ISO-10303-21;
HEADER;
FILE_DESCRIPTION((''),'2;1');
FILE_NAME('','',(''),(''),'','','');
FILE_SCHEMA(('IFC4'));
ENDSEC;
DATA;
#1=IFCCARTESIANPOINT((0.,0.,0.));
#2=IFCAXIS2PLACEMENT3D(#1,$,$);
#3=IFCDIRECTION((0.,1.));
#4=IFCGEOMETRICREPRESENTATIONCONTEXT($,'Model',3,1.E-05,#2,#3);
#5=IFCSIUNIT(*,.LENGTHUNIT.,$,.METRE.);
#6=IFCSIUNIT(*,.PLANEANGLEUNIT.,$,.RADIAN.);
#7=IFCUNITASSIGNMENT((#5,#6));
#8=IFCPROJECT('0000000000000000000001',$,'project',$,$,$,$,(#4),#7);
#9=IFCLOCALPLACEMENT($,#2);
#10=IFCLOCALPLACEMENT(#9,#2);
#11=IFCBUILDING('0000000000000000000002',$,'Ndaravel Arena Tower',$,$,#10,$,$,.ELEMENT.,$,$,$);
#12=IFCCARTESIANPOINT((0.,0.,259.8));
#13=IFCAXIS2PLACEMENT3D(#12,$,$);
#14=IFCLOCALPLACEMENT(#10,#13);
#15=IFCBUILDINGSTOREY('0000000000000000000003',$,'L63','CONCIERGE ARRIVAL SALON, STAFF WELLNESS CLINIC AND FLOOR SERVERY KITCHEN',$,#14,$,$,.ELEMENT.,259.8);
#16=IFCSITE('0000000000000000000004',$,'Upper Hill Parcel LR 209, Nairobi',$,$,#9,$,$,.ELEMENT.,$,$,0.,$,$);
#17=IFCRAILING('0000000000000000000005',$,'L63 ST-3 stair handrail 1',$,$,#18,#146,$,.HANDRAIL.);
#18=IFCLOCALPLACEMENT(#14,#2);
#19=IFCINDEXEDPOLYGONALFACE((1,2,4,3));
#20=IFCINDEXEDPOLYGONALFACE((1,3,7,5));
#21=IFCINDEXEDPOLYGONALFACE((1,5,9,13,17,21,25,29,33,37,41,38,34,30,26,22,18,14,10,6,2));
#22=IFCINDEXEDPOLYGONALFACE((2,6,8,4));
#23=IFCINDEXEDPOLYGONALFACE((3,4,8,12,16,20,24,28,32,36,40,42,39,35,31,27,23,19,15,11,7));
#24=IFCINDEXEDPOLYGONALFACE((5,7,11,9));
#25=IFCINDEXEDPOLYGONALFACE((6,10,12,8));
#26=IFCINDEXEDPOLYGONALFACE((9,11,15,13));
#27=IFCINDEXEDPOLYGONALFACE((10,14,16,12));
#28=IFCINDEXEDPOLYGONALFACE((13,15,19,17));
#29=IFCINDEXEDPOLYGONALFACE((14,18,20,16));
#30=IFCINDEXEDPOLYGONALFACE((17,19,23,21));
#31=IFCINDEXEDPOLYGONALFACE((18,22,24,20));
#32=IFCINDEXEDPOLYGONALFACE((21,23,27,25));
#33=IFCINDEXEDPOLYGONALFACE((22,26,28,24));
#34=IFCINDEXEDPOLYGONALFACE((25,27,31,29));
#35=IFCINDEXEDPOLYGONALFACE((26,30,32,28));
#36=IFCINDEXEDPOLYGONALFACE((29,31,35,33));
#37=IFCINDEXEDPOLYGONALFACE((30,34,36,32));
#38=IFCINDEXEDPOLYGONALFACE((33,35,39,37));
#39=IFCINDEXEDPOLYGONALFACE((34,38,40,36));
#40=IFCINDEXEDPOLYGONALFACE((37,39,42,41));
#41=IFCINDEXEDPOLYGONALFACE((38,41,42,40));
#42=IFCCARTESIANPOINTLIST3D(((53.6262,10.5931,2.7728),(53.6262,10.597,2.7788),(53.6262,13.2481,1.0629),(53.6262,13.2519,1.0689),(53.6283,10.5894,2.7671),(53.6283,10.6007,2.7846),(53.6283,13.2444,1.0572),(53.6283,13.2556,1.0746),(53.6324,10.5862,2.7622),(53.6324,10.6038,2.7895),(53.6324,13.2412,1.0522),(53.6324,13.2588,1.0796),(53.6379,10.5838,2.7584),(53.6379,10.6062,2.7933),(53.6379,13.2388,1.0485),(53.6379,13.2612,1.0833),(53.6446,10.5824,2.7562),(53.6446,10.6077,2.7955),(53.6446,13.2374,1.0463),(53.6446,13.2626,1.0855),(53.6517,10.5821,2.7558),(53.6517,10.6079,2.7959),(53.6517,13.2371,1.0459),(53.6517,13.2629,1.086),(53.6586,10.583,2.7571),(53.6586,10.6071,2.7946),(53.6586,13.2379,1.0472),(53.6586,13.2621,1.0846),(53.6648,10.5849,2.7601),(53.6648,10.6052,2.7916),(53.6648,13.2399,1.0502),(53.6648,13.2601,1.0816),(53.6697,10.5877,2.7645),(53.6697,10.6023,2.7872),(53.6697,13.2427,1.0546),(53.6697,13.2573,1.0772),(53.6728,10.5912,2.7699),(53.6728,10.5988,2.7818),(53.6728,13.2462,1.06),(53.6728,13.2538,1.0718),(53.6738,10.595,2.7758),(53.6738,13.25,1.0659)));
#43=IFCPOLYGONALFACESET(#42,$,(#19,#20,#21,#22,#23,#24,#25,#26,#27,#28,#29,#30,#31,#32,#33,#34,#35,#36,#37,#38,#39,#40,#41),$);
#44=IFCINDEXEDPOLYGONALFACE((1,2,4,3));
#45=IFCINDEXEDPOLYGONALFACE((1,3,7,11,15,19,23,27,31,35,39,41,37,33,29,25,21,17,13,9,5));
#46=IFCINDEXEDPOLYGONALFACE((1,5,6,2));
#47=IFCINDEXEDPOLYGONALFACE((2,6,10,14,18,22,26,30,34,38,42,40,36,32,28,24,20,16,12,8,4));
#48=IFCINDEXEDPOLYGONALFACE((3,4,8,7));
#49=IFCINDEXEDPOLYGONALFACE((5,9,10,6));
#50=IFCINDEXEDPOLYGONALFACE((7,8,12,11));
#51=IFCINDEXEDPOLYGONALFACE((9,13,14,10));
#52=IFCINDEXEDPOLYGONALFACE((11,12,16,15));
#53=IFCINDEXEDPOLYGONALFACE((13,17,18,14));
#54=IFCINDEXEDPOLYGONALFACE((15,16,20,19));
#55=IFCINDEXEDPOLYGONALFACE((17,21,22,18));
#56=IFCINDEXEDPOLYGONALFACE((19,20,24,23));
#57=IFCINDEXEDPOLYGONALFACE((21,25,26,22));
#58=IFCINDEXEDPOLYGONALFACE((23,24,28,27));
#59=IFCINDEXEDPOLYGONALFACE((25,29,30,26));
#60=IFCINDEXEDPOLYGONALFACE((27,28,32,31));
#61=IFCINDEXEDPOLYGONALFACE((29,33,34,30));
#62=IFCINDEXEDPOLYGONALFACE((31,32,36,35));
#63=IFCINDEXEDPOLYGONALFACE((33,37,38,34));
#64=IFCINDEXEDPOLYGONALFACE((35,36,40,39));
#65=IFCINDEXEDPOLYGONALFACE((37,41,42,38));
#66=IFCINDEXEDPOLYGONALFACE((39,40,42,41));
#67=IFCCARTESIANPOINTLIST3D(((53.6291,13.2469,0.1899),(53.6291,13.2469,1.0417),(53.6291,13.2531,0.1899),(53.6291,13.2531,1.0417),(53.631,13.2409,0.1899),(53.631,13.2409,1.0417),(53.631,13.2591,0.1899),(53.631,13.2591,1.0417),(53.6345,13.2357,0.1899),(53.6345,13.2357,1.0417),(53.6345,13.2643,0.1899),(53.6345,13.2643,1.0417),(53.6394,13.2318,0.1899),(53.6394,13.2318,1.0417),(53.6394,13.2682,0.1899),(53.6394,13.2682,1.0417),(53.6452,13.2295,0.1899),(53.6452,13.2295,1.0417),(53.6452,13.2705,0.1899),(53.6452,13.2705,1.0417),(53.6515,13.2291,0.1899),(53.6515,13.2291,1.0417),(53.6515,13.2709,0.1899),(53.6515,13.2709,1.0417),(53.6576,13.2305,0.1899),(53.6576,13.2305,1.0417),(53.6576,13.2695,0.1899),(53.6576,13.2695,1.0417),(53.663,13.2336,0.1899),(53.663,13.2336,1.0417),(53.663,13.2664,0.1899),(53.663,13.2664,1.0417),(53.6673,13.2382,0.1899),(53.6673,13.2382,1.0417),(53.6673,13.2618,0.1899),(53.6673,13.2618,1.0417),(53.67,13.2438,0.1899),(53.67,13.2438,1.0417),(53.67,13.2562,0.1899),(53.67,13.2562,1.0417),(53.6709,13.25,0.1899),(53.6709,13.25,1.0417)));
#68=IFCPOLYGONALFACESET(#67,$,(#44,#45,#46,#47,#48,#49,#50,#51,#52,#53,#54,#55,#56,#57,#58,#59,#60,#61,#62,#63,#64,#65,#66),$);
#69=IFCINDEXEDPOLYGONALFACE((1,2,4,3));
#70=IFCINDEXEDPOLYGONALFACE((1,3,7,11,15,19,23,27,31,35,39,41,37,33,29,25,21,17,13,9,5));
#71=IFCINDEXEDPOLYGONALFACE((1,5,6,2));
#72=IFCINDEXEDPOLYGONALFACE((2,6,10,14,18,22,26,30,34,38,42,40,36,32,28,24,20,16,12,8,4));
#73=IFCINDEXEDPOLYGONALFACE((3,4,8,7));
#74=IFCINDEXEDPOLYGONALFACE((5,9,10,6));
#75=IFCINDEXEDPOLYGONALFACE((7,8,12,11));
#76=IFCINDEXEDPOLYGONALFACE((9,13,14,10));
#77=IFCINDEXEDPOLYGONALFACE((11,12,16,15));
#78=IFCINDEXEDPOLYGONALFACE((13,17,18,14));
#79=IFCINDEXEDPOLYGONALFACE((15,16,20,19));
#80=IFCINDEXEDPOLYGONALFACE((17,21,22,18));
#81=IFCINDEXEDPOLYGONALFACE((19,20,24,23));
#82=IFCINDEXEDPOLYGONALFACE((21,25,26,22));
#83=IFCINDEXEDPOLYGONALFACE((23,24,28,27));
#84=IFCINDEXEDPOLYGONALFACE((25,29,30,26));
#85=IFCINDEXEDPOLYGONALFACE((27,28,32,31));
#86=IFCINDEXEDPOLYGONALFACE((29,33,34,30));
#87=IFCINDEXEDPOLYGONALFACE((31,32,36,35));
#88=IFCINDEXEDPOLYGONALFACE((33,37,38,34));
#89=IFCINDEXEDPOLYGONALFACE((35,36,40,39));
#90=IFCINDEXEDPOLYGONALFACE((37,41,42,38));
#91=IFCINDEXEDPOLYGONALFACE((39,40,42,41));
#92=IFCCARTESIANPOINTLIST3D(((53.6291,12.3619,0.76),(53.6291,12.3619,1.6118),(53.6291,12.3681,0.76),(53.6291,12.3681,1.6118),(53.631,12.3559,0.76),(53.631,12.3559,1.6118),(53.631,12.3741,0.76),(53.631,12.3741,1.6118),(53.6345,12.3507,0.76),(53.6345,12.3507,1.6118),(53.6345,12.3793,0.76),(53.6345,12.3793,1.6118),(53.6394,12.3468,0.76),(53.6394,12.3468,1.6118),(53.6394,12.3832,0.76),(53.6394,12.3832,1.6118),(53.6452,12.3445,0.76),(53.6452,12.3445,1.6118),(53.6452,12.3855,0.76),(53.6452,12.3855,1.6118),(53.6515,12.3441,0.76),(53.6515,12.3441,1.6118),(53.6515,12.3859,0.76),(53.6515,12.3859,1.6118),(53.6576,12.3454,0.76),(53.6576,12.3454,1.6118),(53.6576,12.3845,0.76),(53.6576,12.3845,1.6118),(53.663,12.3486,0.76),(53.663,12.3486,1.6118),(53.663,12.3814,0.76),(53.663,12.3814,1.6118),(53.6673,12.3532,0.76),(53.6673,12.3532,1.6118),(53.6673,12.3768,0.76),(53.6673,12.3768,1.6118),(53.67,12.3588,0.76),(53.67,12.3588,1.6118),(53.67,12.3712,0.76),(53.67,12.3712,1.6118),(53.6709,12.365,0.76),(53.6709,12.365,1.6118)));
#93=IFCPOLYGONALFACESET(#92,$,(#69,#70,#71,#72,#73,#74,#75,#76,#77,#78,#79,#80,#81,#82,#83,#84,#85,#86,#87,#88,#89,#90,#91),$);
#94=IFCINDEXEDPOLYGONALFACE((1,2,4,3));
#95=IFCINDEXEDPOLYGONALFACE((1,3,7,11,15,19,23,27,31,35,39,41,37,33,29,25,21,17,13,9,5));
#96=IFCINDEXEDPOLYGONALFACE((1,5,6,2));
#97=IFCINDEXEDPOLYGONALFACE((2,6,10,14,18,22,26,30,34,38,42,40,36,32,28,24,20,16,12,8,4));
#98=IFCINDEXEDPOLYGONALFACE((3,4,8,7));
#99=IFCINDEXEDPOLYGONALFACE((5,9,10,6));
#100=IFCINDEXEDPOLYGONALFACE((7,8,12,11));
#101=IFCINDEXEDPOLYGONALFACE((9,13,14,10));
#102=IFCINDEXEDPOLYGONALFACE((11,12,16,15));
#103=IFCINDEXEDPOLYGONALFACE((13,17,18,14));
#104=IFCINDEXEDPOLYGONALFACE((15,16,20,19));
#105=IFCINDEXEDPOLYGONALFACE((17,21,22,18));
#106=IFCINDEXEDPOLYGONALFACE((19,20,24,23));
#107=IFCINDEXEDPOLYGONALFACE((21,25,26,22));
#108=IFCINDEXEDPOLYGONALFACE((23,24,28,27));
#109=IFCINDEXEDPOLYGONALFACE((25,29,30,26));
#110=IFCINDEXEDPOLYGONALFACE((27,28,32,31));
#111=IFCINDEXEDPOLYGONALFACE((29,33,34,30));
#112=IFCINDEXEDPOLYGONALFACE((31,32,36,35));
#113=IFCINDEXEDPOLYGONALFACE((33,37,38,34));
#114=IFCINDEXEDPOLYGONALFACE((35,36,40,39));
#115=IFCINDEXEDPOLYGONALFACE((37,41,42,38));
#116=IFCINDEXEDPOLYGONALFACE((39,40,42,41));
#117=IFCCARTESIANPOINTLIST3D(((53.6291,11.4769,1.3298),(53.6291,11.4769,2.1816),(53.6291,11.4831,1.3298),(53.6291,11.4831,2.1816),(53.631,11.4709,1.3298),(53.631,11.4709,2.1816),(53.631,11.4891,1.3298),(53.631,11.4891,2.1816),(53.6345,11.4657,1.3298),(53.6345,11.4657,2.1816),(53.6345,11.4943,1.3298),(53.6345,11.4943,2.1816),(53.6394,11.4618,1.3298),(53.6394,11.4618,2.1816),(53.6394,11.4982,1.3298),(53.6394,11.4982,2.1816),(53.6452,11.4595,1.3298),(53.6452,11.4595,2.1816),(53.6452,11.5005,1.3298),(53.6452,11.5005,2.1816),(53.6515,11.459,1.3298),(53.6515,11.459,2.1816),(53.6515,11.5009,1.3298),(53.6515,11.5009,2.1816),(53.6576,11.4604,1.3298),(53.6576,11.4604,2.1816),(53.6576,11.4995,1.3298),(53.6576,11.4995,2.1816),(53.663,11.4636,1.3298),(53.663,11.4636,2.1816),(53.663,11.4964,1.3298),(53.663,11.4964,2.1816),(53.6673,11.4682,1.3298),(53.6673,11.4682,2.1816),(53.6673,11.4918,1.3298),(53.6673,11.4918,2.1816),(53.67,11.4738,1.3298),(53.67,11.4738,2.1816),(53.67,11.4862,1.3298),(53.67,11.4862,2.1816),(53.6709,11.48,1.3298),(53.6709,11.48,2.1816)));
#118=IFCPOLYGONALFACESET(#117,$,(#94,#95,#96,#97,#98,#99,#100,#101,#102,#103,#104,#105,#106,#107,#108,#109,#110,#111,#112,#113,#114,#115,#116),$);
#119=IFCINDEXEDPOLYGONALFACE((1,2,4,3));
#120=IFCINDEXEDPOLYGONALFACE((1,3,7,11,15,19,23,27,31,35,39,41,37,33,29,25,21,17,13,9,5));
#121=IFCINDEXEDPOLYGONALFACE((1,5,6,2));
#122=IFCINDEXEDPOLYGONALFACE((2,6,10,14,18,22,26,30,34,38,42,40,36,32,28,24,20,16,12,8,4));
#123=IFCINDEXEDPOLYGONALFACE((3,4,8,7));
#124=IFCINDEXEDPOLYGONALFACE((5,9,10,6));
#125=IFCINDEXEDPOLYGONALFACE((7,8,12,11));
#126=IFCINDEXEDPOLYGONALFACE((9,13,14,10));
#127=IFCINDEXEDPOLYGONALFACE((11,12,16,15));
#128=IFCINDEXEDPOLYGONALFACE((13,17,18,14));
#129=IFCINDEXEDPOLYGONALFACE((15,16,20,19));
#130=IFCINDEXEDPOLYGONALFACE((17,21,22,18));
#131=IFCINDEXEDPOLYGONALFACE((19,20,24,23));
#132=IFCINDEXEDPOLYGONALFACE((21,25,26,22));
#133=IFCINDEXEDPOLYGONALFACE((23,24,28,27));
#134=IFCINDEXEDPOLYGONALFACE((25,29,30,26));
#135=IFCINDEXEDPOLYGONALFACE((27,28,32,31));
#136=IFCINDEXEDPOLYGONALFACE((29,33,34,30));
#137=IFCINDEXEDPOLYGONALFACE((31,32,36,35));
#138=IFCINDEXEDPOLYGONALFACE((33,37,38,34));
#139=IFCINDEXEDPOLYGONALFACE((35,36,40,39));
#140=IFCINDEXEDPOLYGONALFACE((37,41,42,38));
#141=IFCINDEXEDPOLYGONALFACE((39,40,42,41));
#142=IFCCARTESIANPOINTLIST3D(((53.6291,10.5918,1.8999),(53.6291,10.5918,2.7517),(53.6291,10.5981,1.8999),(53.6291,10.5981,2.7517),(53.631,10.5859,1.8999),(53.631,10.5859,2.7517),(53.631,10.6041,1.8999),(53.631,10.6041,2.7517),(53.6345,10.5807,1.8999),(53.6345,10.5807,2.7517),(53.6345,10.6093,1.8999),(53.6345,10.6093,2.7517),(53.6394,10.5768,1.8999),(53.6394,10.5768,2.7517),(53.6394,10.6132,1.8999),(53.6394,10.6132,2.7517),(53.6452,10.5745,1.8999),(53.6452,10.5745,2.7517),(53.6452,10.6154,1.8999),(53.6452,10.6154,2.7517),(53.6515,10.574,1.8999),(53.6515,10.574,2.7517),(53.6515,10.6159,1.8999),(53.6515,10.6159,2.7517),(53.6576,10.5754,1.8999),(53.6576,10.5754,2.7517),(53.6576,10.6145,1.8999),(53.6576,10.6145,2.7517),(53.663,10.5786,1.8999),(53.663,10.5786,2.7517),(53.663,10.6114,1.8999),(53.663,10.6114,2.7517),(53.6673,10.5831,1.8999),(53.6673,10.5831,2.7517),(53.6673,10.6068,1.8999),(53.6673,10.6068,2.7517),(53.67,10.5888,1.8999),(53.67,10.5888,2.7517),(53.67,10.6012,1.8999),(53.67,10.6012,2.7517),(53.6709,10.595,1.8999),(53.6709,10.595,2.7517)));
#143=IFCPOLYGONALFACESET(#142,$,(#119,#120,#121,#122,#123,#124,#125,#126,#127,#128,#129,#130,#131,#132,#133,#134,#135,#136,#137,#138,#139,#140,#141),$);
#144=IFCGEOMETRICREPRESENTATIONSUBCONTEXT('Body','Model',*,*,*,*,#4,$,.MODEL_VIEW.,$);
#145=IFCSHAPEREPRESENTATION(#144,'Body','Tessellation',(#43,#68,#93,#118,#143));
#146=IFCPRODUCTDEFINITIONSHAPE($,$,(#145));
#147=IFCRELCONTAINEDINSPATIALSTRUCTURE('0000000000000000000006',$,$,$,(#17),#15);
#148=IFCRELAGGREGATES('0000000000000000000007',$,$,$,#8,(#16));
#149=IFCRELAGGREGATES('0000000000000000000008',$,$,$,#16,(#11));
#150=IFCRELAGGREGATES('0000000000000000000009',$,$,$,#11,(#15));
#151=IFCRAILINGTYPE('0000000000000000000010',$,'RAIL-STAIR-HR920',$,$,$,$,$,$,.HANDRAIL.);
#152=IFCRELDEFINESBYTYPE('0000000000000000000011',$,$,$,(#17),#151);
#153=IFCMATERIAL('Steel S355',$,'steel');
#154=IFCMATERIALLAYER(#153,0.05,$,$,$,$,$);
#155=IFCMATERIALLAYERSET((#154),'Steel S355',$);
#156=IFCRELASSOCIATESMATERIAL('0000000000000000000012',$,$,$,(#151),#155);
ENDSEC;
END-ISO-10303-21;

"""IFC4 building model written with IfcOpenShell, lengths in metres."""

from ifc_helpers import new_model, si_unit, direction, frame, origin, origin_2d, place, context, subcontext, project, spatial, circle, extrude, material, layer, layer_set, type_object, element, save


model = new_model("IFC4")

# Units and contexts
model_context = context("Model", 3, precision=1e-05, world=origin(), true_north=direction((0.0, 1.0)))
body_context = subcontext(model_context, "Body", "Model", "MODEL_VIEW")
ifc_project = project(units=[si_unit("LENGTHUNIT", "METRE"), si_unit("PLANEANGLEUNIT", "RADIAN")], contexts=[model_context])

# Site, building, storey
site_placement = place(None, origin())
site = spatial("IfcSite", under=ifc_project, at=site_placement, Name="Upper Hill Parcel LR 209, Nairobi", CompositionType="ELEMENT", RefElevation=0.0)
building_placement = place(site_placement, origin())
building = spatial("IfcBuilding", under=site, at=building_placement, Name="Ndaravel Arena Tower", CompositionType="ELEMENT")
storey_placement = place(building_placement, frame((0.0, 0.0, 259.8)))
storey = spatial("IfcBuildingStorey", under=building, at=storey_placement, Name="L63", Description="CONCIERGE ARRIVAL SALON, STAFF WELLNESS CLINIC AND FLOOR SERVERY KITCHEN", CompositionType="ELEMENT", Elevation=259.8)

# Railing
ifc_material_1 = material(Name="Steel S355", Category="steel")
ifc_layer_1 = layer(ifc_material_1, 0.05)
ifc_layer_set_1 = layer_set([ifc_layer_1], Name="Steel S355")
railing_type_1 = type_object("IfcRailingType", Name="RAIL-STAIR-HR920", PredefinedType="HANDRAIL", material=ifc_layer_set_1)
railing_1_placement = place(storey_placement, frame((53.6499, 13.25, 0.1899)))
element("IfcRailing", 1, at=railing_1_placement, inside=storey, type_object=railing_type_1, Name="L63 ST-3 stair handrail 1", PredefinedType="HANDRAIL", context=body_context, shape_type="SweptSolid", body=[
    extrude(circle(Radius=0.0239, at=origin_2d()), frame((0.0, 0.0, 0.876), z_axis=(0.0, -0.840724, 0.541465), x_axis=(1.0, 0.0, 0.0)), (0.0, 0.0, 1.0), 3.158),
    extrude(circle(Radius=0.021, at=origin_2d()), origin(), (0.0, 0.0, 1.0), 0.8518),
    extrude(circle(Radius=0.021, at=origin_2d()), frame((0.0, -0.885, 0.5701)), (0.0, 0.0, 1.0), 0.8518),
    extrude(circle(Radius=0.021, at=origin_2d()), frame((0.0, -1.77, 1.1399)), (0.0, 0.0, 1.0), 0.8518),
    extrude(circle(Radius=0.021, at=origin_2d()), frame((0.0, -2.655, 1.71)), (0.0, 0.0, 1.0), 0.8518),
])

save(model, "model.ifc")
